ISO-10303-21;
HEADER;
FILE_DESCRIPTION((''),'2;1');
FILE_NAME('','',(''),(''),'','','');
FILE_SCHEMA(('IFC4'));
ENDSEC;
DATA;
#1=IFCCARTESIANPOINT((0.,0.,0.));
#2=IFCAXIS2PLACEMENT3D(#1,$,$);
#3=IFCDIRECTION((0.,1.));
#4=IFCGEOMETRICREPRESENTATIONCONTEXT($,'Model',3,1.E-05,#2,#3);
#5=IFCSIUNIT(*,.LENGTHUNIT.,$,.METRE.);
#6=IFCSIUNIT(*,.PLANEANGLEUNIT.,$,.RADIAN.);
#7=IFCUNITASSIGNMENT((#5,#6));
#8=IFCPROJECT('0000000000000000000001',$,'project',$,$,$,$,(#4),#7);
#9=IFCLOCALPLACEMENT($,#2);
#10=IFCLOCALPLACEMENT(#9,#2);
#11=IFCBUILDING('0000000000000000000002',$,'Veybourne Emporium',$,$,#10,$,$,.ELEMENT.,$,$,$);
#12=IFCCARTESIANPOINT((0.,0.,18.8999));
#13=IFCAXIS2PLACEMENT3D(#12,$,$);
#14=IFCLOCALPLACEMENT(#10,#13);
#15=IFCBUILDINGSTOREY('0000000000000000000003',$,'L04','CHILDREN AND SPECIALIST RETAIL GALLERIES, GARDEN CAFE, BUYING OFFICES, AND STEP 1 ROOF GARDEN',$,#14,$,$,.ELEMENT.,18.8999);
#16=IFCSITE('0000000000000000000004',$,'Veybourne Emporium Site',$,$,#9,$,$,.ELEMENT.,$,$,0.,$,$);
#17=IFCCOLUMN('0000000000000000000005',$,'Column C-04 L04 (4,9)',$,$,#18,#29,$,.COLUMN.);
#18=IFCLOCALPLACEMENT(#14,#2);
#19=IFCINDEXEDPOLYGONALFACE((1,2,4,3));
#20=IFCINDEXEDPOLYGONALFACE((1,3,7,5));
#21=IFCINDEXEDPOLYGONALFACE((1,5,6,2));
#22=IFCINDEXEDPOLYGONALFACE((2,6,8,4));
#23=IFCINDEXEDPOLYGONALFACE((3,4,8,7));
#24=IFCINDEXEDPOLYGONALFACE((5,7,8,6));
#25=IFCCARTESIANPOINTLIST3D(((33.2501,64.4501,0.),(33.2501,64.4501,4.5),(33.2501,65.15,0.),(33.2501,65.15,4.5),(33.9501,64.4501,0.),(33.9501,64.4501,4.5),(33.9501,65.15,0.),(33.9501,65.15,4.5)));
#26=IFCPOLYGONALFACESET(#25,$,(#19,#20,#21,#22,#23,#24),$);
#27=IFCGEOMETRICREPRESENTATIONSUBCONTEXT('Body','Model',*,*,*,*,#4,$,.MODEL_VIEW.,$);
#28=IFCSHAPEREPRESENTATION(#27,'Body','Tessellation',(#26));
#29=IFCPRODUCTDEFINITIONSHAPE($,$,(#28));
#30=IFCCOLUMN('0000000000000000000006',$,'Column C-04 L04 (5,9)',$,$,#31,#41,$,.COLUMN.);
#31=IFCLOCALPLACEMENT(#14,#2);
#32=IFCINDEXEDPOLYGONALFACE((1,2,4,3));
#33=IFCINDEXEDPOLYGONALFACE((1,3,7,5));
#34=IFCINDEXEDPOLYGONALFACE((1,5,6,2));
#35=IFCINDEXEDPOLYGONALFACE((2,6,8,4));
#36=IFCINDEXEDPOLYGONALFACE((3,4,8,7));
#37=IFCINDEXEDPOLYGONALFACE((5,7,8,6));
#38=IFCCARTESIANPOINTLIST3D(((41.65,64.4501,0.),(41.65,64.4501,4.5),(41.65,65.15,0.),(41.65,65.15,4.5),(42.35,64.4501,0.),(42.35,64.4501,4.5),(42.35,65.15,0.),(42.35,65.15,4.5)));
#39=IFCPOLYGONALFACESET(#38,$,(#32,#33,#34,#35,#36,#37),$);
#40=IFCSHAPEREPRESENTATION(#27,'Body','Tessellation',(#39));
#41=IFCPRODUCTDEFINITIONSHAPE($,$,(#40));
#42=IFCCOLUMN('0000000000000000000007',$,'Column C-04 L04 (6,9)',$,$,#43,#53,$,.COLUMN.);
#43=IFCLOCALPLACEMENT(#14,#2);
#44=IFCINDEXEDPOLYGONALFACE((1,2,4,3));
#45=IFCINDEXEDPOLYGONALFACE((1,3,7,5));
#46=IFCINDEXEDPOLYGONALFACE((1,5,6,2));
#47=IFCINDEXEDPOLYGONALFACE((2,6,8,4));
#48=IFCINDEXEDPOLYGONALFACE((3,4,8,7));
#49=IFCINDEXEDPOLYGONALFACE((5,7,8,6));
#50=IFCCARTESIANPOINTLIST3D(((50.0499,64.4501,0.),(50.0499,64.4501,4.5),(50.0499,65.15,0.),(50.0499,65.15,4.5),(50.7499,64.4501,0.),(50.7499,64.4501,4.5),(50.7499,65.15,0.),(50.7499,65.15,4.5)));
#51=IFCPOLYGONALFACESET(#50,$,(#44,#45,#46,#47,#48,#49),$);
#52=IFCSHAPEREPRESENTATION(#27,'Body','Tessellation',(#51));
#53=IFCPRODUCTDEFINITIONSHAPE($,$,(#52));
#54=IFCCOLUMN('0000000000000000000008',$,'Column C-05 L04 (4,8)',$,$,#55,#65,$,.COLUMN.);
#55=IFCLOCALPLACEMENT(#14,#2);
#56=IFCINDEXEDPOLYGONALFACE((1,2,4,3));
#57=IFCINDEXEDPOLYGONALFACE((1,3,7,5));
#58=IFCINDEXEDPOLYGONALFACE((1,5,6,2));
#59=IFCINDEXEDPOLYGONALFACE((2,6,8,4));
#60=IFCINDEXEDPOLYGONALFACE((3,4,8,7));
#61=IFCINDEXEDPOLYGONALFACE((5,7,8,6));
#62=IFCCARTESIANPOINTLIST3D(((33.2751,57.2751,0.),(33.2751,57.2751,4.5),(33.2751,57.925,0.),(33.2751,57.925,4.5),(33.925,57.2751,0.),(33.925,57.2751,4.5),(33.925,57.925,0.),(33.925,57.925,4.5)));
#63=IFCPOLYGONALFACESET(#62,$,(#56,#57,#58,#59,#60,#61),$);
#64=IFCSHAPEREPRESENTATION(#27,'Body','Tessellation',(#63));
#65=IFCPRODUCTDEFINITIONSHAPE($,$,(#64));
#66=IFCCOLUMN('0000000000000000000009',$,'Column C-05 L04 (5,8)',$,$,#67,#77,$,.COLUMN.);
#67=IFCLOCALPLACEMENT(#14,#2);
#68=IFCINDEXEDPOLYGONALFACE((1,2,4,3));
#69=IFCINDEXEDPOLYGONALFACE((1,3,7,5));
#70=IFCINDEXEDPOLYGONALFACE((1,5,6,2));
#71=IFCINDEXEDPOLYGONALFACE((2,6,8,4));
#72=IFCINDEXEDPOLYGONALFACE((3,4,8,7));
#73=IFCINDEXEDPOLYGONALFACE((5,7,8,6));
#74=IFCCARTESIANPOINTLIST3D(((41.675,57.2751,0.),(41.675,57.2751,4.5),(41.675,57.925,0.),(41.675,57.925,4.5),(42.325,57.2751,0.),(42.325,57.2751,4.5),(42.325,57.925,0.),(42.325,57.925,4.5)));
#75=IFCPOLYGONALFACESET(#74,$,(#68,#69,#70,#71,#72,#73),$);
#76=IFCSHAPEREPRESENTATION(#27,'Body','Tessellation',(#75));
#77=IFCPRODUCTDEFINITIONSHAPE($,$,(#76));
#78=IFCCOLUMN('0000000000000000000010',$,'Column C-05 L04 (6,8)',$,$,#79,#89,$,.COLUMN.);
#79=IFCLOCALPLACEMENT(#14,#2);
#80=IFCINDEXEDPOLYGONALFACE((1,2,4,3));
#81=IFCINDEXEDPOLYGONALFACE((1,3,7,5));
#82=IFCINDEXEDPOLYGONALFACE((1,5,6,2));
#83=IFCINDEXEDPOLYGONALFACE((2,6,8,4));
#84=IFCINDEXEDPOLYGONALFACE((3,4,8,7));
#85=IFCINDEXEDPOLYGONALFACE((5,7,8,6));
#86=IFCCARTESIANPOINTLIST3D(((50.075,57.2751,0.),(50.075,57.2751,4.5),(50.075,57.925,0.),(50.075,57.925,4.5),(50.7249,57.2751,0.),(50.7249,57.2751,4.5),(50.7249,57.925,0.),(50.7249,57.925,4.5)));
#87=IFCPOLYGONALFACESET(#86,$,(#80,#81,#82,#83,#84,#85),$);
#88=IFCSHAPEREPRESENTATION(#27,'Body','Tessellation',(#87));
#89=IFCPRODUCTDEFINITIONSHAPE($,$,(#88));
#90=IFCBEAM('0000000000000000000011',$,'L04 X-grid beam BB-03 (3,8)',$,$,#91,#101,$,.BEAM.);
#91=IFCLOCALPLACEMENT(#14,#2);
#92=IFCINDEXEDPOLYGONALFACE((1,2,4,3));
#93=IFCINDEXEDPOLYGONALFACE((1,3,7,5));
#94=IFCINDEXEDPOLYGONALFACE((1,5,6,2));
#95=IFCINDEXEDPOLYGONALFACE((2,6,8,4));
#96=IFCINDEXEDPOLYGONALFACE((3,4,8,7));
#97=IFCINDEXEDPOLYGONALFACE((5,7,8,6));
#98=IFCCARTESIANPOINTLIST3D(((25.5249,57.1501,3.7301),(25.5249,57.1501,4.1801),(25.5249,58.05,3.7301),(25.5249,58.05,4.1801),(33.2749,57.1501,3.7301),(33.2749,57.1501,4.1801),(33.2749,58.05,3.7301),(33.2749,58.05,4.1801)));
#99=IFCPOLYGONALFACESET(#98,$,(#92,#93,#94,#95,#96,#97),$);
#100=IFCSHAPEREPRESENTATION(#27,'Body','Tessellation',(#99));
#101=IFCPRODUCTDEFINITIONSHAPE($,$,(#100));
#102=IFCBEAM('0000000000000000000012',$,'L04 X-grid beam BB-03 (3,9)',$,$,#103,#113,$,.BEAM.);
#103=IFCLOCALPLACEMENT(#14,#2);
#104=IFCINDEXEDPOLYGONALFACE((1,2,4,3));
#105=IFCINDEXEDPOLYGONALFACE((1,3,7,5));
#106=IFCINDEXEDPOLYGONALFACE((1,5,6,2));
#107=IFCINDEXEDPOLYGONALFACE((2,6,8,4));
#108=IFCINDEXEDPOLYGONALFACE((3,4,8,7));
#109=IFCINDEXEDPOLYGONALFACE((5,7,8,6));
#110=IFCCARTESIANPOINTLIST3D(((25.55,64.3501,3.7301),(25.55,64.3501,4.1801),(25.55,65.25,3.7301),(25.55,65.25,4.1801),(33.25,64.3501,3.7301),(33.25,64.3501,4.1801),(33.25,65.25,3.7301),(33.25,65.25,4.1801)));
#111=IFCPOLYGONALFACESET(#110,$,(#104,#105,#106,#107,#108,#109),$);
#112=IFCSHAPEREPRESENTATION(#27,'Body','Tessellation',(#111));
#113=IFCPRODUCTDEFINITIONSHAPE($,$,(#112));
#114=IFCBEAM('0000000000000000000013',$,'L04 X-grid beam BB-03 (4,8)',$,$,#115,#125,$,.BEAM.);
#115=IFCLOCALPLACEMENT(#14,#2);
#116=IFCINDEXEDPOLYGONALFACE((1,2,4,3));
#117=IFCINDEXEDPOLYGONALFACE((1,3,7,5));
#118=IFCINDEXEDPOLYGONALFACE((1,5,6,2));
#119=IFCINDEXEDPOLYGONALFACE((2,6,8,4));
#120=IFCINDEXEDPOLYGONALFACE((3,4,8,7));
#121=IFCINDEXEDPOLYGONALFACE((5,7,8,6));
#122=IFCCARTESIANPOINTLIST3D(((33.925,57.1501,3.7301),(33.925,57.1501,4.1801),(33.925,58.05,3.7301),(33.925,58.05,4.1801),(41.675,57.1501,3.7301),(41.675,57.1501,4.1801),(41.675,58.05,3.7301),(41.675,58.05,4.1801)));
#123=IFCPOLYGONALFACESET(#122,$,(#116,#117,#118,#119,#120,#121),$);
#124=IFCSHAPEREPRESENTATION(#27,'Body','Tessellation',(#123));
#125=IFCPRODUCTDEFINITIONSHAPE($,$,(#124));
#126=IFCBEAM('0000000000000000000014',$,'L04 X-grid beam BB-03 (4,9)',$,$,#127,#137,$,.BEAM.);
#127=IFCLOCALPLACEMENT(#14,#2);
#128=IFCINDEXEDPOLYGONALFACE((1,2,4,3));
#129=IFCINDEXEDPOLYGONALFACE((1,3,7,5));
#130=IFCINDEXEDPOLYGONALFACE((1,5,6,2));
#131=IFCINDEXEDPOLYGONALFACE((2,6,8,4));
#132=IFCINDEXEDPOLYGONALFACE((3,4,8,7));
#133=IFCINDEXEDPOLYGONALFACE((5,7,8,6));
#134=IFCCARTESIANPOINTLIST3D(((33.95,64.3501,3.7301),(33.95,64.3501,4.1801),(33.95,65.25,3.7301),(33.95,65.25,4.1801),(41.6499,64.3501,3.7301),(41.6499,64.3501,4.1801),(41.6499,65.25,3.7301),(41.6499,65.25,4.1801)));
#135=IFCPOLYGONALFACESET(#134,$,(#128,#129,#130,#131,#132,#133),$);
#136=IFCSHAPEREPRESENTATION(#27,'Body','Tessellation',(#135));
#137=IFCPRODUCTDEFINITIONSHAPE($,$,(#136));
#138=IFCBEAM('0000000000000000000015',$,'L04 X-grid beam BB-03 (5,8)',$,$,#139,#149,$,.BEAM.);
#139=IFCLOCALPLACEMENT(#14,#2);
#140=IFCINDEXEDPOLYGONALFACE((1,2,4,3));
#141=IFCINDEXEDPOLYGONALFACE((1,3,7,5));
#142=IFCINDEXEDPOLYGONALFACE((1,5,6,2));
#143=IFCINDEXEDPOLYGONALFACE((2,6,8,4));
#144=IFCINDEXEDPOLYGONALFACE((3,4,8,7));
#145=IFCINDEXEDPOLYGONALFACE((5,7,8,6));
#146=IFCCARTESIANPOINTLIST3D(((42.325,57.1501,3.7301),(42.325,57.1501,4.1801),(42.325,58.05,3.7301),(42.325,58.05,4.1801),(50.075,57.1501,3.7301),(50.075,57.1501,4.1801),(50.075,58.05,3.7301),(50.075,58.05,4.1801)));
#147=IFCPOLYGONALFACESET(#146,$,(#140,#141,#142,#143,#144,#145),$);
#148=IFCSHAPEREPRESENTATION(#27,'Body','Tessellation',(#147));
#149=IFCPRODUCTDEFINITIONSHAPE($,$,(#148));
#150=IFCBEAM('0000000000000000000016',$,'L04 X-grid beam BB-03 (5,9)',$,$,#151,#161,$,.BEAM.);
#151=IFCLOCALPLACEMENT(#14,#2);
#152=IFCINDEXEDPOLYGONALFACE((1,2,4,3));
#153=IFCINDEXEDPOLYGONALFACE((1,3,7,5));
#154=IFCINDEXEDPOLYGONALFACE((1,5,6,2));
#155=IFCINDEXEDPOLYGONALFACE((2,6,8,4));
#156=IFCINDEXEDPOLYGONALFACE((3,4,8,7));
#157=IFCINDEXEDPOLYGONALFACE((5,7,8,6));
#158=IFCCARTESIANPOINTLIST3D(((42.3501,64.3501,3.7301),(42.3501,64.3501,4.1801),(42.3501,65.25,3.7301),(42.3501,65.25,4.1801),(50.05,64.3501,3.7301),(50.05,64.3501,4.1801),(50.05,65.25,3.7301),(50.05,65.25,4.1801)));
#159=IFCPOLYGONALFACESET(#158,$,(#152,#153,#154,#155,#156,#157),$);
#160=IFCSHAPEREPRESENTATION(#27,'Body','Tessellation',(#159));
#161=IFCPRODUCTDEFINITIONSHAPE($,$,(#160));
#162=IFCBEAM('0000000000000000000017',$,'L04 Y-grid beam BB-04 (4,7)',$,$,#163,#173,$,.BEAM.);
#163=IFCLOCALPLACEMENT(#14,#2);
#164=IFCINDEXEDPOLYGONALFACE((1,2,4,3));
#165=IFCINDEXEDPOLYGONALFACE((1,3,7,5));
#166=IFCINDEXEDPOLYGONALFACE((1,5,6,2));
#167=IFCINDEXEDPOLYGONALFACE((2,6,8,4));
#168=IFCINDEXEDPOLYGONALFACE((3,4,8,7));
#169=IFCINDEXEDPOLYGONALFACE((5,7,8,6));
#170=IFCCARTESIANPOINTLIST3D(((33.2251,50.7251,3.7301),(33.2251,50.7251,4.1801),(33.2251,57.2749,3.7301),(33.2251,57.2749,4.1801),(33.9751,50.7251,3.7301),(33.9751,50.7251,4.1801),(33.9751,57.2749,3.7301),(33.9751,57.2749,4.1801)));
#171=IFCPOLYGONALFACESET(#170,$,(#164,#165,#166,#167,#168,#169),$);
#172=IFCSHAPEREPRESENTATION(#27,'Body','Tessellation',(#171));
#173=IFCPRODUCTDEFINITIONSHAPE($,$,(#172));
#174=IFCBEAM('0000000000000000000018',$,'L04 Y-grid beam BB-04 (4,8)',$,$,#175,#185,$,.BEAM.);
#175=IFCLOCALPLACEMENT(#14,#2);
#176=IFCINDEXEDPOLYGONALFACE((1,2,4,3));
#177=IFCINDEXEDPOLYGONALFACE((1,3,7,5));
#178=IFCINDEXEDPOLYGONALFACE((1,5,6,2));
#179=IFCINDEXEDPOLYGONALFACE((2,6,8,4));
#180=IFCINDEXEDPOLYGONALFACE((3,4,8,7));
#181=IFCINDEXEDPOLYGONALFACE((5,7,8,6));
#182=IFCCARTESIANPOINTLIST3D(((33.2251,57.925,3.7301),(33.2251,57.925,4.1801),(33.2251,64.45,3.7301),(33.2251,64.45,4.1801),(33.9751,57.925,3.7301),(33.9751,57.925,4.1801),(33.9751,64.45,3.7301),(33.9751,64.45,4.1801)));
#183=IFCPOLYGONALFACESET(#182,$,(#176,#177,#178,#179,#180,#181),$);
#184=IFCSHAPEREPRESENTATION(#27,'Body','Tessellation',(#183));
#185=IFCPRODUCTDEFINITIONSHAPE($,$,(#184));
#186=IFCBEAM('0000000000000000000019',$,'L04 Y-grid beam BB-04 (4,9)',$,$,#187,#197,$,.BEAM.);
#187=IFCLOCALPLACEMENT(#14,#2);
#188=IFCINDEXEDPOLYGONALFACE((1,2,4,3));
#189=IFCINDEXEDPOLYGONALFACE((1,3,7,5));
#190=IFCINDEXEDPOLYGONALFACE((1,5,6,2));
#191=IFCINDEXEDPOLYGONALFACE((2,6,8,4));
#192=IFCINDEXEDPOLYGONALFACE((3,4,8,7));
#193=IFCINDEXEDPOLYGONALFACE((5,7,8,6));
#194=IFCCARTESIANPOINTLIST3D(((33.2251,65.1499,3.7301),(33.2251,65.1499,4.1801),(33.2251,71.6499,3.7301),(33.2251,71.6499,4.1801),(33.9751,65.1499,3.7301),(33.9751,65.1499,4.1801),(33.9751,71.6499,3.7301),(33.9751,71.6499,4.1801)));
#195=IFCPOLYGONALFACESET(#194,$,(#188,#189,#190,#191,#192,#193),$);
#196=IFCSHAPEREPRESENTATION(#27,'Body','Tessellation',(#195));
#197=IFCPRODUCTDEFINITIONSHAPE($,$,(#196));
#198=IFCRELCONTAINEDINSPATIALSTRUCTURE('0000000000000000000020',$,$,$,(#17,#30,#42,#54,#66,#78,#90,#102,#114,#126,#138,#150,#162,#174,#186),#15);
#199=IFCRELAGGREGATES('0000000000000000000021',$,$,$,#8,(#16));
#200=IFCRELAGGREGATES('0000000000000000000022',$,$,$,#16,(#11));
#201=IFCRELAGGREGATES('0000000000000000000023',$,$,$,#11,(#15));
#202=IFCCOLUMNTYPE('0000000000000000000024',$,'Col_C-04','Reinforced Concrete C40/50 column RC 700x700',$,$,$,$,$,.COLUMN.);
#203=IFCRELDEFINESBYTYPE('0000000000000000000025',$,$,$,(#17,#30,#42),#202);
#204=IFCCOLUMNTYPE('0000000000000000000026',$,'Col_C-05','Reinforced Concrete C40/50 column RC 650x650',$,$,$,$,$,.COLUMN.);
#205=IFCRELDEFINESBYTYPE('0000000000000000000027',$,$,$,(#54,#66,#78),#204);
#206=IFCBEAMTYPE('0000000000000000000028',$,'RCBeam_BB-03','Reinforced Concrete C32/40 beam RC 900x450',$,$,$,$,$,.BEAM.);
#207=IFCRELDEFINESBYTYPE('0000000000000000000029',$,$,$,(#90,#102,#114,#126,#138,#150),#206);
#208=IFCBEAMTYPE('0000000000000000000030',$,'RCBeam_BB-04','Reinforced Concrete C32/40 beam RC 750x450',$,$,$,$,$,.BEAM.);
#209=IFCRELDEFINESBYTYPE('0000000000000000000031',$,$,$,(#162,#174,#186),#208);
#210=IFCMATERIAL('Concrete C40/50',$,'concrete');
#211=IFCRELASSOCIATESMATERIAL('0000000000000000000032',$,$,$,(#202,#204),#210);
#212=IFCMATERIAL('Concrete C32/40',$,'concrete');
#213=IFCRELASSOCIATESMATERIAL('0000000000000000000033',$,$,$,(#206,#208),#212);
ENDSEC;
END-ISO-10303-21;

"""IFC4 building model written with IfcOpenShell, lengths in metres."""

from ifc_helpers import new_model, si_unit, direction, frame, origin, origin_2d, place, context, subcontext, project, spatial, rectangle, extrude, material, material_profile, profile_set, type_object, element, save


model = new_model("IFC4")

# Units and contexts
model_context = context("Model", 3, precision=1e-05, world=origin(), true_north=direction((0.0, 1.0)))
body_context = subcontext(model_context, "Body", "Model", "MODEL_VIEW")
ifc_project = project(units=[si_unit("LENGTHUNIT", "METRE"), si_unit("PLANEANGLEUNIT", "RADIAN")], contexts=[model_context])

# Site, building, storey
site_placement = place(None, origin())
site = spatial("IfcSite", under=ifc_project, at=site_placement, Name="Veybourne Emporium Site", CompositionType="ELEMENT", RefElevation=0.0)
building_placement = place(site_placement, origin())
building = spatial("IfcBuilding", under=site, at=building_placement, Name="Veybourne Emporium", CompositionType="ELEMENT")
storey_placement = place(building_placement, frame((0.0, 0.0, 18.8999)))
storey = spatial("IfcBuildingStorey", under=building, at=storey_placement, Name="L04", Description="CHILDREN AND SPECIALIST RETAIL GALLERIES, GARDEN CAFE, BUYING OFFICES, AND STEP 1 ROOF GARDEN", CompositionType="ELEMENT", Elevation=18.8999)

# Columns
ifc_material_1 = material(Name="Concrete C40/50", Category="concrete")
ifc_material_profile_1 = material_profile(ifc_material_1, rectangle(XDim=0.7, YDim=0.7, at=origin_2d()), Name="RC 700x700")
ifc_profile_set_1 = profile_set([ifc_material_profile_1], Name="Concrete C40/50")
column_type_1 = type_object("IfcColumnType", Name="Col_C-04", Description="Reinforced Concrete C40/50 column RC 700x700", PredefinedType="COLUMN", material=ifc_profile_set_1)
for number, where, z_axis, x_axis, name in (
    (1, (33.6001, 64.8, 0.0), (0.0, 0.0, 1.0), (1.0, 0.0, 0.0), "Column C-04 L04 (4,9)"),
    (2, (42.0, 64.8, 0.0), (0.0, 0.0, 1.0), (1.0, 0.0, 0.0), "Column C-04 L04 (5,9)"),
    (3, (50.3999, 64.8, 0.0), (0.0, 0.0, 1.0), (1.0, 0.0, 0.0), "Column C-04 L04 (6,9)"),
):
    element("IfcColumn", number, at=place(storey_placement, frame(where, z_axis=z_axis, x_axis=x_axis)), inside=storey, type_object=column_type_1, Name=name, PredefinedType="COLUMN", context=body_context, shape_type="SweptSolid", body=[
        extrude(rectangle(XDim=0.7, YDim=0.7, at=origin_2d()), origin(), (0.0, 0.0, 1.0), 4.5),
    ])
ifc_material_profile_2 = material_profile(ifc_material_1, rectangle(XDim=0.6499, YDim=0.6499, at=origin_2d()), Name="RC 650x650")
ifc_profile_set_2 = profile_set([ifc_material_profile_2], Name="Concrete C40/50")
column_type_2 = type_object("IfcColumnType", Name="Col_C-05", Description="Reinforced Concrete C40/50 column RC 650x650", PredefinedType="COLUMN", material=ifc_profile_set_2)
for number, where, z_axis, x_axis, name in (
    (4, (33.6001, 57.6001, 0.0), (0.0, 0.0, 1.0), (1.0, 0.0, 0.0), "Column C-05 L04 (4,8)"),
    (5, (42.0, 57.6001, 0.0), (0.0, 0.0, 1.0), (1.0, 0.0, 0.0), "Column C-05 L04 (5,8)"),
    (6, (50.3999, 57.6001, 0.0), (0.0, 0.0, 1.0), (1.0, 0.0, 0.0), "Column C-05 L04 (6,8)"),
):
    element("IfcColumn", number, at=place(storey_placement, frame(where, z_axis=z_axis, x_axis=x_axis)), inside=storey, type_object=column_type_2, Name=name, PredefinedType="COLUMN", context=body_context, shape_type="SweptSolid", body=[
        extrude(rectangle(XDim=0.6499, YDim=0.6499, at=origin_2d()), origin(), (0.0, 0.0, 1.0), 4.5),
    ])

# Beams
ifc_material_2 = material(Name="Concrete C32/40", Category="concrete")
ifc_material_profile_3 = material_profile(ifc_material_2, rectangle(XDim=0.8999, YDim=0.45, at=origin_2d()), Name="RC 900x450")
ifc_profile_set_3 = profile_set([ifc_material_profile_3], Name="Concrete C32/40")
beam_type_1 = type_object("IfcBeamType", Name="RCBeam_BB-03", Description="Reinforced Concrete C32/40 beam RC 900x450", PredefinedType="BEAM", material=ifc_profile_set_3)
beam_1_placement = place(storey_placement, frame((25.5249, 57.6001, 3.9551), z_axis=(1.0, 0.0, 0.0), x_axis=(0.0, 1.0, 0.0)))
element("IfcBeam", 7, at=beam_1_placement, inside=storey, type_object=beam_type_1, Name="L04 X-grid beam BB-03 (3,8)", PredefinedType="BEAM", context=body_context, shape_type="SweptSolid", body=[
    extrude(rectangle(XDim=0.8999, YDim=0.45, at=origin_2d()), origin(), (0.0, 0.0, 1.0), 7.75),
])
beam_2_placement = place(storey_placement, frame((25.55, 64.8, 3.9551), z_axis=(1.0, 0.0, 0.0), x_axis=(0.0, 1.0, 0.0)))
element("IfcBeam", 8, at=beam_2_placement, inside=storey, type_object=beam_type_1, Name="L04 X-grid beam BB-03 (3,9)", PredefinedType="BEAM", context=body_context, shape_type="SweptSolid", body=[
    extrude(rectangle(XDim=0.8999, YDim=0.45, at=origin_2d()), origin(), (0.0, 0.0, 1.0), 7.7),
])
beam_3_placement = place(storey_placement, frame((33.925, 57.6001, 3.9551), z_axis=(1.0, 0.0, 0.0), x_axis=(0.0, 1.0, 0.0)))
element("IfcBeam", 9, at=beam_3_placement, inside=storey, type_object=beam_type_1, Name="L04 X-grid beam BB-03 (4,8)", PredefinedType="BEAM", context=body_context, shape_type="SweptSolid", body=[
    extrude(rectangle(XDim=0.8999, YDim=0.45, at=origin_2d()), origin(), (0.0, 0.0, 1.0), 7.75),
])
beam_4_placement = place(storey_placement, frame((33.95, 64.8, 3.9551), z_axis=(1.0, 0.0, 0.0), x_axis=(0.0, 1.0, 0.0)))
element("IfcBeam", 10, at=beam_4_placement, inside=storey, type_object=beam_type_1, Name="L04 X-grid beam BB-03 (4,9)", PredefinedType="BEAM", context=body_context, shape_type="SweptSolid", body=[
    extrude(rectangle(XDim=0.8999, YDim=0.45, at=origin_2d()), origin(), (0.0, 0.0, 1.0), 7.7),
])
beam_5_placement = place(storey_placement, frame((42.325, 57.6001, 3.9551), z_axis=(1.0, 0.0, 0.0), x_axis=(0.0, 1.0, 0.0)))
element("IfcBeam", 11, at=beam_5_placement, inside=storey, type_object=beam_type_1, Name="L04 X-grid beam BB-03 (5,8)", PredefinedType="BEAM", context=body_context, shape_type="SweptSolid", body=[
    extrude(rectangle(XDim=0.8999, YDim=0.45, at=origin_2d()), origin(), (0.0, 0.0, 1.0), 7.75),
])
beam_6_placement = place(storey_placement, frame((42.3501, 64.8, 3.9551), z_axis=(1.0, 0.0, 0.0), x_axis=(0.0, 1.0, 0.0)))
element("IfcBeam", 12, at=beam_6_placement, inside=storey, type_object=beam_type_1, Name="L04 X-grid beam BB-03 (5,9)", PredefinedType="BEAM", context=body_context, shape_type="SweptSolid", body=[
    extrude(rectangle(XDim=0.8999, YDim=0.45, at=origin_2d()), origin(), (0.0, 0.0, 1.0), 7.7),
])
ifc_material_profile_4 = material_profile(ifc_material_2, rectangle(XDim=0.75, YDim=0.45, at=origin_2d()), Name="RC 750x450")
ifc_profile_set_4 = profile_set([ifc_material_profile_4], Name="Concrete C32/40")
beam_type_2 = type_object("IfcBeamType", Name="RCBeam_BB-04", Description="Reinforced Concrete C32/40 beam RC 750x450", PredefinedType="BEAM", material=ifc_profile_set_4)
beam_7_placement = place(storey_placement, frame((33.6001, 50.7251, 3.9551), z_axis=(0.0, 1.0, 0.0), x_axis=(-1.0, 0.0, 0.0)))
element("IfcBeam", 13, at=beam_7_placement, inside=storey, type_object=beam_type_2, Name="L04 Y-grid beam BB-04 (4,7)", PredefinedType="BEAM", context=body_context, shape_type="SweptSolid", body=[
    extrude(rectangle(XDim=0.75, YDim=0.45, at=origin_2d()), origin(), (0.0, 0.0, 1.0), 6.5498),
])
beam_8_placement = place(storey_placement, frame((33.6001, 57.925, 3.9551), z_axis=(0.0, 1.0, 0.0), x_axis=(-1.0, 0.0, 0.0)))
element("IfcBeam", 14, at=beam_8_placement, inside=storey, type_object=beam_type_2, Name="L04 Y-grid beam BB-04 (4,8)", PredefinedType="BEAM", context=body_context, shape_type="SweptSolid", body=[
    extrude(rectangle(XDim=0.75, YDim=0.45, at=origin_2d()), origin(), (0.0, 0.0, 1.0), 6.5249),
])
beam_9_placement = place(storey_placement, frame((33.6001, 65.1499, 3.9551), z_axis=(0.0, 1.0, 0.0), x_axis=(-1.0, 0.0, 0.0)))
element("IfcBeam", 15, at=beam_9_placement, inside=storey, type_object=beam_type_2, Name="L04 Y-grid beam BB-04 (4,9)", PredefinedType="BEAM", context=body_context, shape_type="SweptSolid", body=[
    extrude(rectangle(XDim=0.75, YDim=0.45, at=origin_2d()), origin(), (0.0, 0.0, 1.0), 6.5),
])

save(model, "model.ifc")
